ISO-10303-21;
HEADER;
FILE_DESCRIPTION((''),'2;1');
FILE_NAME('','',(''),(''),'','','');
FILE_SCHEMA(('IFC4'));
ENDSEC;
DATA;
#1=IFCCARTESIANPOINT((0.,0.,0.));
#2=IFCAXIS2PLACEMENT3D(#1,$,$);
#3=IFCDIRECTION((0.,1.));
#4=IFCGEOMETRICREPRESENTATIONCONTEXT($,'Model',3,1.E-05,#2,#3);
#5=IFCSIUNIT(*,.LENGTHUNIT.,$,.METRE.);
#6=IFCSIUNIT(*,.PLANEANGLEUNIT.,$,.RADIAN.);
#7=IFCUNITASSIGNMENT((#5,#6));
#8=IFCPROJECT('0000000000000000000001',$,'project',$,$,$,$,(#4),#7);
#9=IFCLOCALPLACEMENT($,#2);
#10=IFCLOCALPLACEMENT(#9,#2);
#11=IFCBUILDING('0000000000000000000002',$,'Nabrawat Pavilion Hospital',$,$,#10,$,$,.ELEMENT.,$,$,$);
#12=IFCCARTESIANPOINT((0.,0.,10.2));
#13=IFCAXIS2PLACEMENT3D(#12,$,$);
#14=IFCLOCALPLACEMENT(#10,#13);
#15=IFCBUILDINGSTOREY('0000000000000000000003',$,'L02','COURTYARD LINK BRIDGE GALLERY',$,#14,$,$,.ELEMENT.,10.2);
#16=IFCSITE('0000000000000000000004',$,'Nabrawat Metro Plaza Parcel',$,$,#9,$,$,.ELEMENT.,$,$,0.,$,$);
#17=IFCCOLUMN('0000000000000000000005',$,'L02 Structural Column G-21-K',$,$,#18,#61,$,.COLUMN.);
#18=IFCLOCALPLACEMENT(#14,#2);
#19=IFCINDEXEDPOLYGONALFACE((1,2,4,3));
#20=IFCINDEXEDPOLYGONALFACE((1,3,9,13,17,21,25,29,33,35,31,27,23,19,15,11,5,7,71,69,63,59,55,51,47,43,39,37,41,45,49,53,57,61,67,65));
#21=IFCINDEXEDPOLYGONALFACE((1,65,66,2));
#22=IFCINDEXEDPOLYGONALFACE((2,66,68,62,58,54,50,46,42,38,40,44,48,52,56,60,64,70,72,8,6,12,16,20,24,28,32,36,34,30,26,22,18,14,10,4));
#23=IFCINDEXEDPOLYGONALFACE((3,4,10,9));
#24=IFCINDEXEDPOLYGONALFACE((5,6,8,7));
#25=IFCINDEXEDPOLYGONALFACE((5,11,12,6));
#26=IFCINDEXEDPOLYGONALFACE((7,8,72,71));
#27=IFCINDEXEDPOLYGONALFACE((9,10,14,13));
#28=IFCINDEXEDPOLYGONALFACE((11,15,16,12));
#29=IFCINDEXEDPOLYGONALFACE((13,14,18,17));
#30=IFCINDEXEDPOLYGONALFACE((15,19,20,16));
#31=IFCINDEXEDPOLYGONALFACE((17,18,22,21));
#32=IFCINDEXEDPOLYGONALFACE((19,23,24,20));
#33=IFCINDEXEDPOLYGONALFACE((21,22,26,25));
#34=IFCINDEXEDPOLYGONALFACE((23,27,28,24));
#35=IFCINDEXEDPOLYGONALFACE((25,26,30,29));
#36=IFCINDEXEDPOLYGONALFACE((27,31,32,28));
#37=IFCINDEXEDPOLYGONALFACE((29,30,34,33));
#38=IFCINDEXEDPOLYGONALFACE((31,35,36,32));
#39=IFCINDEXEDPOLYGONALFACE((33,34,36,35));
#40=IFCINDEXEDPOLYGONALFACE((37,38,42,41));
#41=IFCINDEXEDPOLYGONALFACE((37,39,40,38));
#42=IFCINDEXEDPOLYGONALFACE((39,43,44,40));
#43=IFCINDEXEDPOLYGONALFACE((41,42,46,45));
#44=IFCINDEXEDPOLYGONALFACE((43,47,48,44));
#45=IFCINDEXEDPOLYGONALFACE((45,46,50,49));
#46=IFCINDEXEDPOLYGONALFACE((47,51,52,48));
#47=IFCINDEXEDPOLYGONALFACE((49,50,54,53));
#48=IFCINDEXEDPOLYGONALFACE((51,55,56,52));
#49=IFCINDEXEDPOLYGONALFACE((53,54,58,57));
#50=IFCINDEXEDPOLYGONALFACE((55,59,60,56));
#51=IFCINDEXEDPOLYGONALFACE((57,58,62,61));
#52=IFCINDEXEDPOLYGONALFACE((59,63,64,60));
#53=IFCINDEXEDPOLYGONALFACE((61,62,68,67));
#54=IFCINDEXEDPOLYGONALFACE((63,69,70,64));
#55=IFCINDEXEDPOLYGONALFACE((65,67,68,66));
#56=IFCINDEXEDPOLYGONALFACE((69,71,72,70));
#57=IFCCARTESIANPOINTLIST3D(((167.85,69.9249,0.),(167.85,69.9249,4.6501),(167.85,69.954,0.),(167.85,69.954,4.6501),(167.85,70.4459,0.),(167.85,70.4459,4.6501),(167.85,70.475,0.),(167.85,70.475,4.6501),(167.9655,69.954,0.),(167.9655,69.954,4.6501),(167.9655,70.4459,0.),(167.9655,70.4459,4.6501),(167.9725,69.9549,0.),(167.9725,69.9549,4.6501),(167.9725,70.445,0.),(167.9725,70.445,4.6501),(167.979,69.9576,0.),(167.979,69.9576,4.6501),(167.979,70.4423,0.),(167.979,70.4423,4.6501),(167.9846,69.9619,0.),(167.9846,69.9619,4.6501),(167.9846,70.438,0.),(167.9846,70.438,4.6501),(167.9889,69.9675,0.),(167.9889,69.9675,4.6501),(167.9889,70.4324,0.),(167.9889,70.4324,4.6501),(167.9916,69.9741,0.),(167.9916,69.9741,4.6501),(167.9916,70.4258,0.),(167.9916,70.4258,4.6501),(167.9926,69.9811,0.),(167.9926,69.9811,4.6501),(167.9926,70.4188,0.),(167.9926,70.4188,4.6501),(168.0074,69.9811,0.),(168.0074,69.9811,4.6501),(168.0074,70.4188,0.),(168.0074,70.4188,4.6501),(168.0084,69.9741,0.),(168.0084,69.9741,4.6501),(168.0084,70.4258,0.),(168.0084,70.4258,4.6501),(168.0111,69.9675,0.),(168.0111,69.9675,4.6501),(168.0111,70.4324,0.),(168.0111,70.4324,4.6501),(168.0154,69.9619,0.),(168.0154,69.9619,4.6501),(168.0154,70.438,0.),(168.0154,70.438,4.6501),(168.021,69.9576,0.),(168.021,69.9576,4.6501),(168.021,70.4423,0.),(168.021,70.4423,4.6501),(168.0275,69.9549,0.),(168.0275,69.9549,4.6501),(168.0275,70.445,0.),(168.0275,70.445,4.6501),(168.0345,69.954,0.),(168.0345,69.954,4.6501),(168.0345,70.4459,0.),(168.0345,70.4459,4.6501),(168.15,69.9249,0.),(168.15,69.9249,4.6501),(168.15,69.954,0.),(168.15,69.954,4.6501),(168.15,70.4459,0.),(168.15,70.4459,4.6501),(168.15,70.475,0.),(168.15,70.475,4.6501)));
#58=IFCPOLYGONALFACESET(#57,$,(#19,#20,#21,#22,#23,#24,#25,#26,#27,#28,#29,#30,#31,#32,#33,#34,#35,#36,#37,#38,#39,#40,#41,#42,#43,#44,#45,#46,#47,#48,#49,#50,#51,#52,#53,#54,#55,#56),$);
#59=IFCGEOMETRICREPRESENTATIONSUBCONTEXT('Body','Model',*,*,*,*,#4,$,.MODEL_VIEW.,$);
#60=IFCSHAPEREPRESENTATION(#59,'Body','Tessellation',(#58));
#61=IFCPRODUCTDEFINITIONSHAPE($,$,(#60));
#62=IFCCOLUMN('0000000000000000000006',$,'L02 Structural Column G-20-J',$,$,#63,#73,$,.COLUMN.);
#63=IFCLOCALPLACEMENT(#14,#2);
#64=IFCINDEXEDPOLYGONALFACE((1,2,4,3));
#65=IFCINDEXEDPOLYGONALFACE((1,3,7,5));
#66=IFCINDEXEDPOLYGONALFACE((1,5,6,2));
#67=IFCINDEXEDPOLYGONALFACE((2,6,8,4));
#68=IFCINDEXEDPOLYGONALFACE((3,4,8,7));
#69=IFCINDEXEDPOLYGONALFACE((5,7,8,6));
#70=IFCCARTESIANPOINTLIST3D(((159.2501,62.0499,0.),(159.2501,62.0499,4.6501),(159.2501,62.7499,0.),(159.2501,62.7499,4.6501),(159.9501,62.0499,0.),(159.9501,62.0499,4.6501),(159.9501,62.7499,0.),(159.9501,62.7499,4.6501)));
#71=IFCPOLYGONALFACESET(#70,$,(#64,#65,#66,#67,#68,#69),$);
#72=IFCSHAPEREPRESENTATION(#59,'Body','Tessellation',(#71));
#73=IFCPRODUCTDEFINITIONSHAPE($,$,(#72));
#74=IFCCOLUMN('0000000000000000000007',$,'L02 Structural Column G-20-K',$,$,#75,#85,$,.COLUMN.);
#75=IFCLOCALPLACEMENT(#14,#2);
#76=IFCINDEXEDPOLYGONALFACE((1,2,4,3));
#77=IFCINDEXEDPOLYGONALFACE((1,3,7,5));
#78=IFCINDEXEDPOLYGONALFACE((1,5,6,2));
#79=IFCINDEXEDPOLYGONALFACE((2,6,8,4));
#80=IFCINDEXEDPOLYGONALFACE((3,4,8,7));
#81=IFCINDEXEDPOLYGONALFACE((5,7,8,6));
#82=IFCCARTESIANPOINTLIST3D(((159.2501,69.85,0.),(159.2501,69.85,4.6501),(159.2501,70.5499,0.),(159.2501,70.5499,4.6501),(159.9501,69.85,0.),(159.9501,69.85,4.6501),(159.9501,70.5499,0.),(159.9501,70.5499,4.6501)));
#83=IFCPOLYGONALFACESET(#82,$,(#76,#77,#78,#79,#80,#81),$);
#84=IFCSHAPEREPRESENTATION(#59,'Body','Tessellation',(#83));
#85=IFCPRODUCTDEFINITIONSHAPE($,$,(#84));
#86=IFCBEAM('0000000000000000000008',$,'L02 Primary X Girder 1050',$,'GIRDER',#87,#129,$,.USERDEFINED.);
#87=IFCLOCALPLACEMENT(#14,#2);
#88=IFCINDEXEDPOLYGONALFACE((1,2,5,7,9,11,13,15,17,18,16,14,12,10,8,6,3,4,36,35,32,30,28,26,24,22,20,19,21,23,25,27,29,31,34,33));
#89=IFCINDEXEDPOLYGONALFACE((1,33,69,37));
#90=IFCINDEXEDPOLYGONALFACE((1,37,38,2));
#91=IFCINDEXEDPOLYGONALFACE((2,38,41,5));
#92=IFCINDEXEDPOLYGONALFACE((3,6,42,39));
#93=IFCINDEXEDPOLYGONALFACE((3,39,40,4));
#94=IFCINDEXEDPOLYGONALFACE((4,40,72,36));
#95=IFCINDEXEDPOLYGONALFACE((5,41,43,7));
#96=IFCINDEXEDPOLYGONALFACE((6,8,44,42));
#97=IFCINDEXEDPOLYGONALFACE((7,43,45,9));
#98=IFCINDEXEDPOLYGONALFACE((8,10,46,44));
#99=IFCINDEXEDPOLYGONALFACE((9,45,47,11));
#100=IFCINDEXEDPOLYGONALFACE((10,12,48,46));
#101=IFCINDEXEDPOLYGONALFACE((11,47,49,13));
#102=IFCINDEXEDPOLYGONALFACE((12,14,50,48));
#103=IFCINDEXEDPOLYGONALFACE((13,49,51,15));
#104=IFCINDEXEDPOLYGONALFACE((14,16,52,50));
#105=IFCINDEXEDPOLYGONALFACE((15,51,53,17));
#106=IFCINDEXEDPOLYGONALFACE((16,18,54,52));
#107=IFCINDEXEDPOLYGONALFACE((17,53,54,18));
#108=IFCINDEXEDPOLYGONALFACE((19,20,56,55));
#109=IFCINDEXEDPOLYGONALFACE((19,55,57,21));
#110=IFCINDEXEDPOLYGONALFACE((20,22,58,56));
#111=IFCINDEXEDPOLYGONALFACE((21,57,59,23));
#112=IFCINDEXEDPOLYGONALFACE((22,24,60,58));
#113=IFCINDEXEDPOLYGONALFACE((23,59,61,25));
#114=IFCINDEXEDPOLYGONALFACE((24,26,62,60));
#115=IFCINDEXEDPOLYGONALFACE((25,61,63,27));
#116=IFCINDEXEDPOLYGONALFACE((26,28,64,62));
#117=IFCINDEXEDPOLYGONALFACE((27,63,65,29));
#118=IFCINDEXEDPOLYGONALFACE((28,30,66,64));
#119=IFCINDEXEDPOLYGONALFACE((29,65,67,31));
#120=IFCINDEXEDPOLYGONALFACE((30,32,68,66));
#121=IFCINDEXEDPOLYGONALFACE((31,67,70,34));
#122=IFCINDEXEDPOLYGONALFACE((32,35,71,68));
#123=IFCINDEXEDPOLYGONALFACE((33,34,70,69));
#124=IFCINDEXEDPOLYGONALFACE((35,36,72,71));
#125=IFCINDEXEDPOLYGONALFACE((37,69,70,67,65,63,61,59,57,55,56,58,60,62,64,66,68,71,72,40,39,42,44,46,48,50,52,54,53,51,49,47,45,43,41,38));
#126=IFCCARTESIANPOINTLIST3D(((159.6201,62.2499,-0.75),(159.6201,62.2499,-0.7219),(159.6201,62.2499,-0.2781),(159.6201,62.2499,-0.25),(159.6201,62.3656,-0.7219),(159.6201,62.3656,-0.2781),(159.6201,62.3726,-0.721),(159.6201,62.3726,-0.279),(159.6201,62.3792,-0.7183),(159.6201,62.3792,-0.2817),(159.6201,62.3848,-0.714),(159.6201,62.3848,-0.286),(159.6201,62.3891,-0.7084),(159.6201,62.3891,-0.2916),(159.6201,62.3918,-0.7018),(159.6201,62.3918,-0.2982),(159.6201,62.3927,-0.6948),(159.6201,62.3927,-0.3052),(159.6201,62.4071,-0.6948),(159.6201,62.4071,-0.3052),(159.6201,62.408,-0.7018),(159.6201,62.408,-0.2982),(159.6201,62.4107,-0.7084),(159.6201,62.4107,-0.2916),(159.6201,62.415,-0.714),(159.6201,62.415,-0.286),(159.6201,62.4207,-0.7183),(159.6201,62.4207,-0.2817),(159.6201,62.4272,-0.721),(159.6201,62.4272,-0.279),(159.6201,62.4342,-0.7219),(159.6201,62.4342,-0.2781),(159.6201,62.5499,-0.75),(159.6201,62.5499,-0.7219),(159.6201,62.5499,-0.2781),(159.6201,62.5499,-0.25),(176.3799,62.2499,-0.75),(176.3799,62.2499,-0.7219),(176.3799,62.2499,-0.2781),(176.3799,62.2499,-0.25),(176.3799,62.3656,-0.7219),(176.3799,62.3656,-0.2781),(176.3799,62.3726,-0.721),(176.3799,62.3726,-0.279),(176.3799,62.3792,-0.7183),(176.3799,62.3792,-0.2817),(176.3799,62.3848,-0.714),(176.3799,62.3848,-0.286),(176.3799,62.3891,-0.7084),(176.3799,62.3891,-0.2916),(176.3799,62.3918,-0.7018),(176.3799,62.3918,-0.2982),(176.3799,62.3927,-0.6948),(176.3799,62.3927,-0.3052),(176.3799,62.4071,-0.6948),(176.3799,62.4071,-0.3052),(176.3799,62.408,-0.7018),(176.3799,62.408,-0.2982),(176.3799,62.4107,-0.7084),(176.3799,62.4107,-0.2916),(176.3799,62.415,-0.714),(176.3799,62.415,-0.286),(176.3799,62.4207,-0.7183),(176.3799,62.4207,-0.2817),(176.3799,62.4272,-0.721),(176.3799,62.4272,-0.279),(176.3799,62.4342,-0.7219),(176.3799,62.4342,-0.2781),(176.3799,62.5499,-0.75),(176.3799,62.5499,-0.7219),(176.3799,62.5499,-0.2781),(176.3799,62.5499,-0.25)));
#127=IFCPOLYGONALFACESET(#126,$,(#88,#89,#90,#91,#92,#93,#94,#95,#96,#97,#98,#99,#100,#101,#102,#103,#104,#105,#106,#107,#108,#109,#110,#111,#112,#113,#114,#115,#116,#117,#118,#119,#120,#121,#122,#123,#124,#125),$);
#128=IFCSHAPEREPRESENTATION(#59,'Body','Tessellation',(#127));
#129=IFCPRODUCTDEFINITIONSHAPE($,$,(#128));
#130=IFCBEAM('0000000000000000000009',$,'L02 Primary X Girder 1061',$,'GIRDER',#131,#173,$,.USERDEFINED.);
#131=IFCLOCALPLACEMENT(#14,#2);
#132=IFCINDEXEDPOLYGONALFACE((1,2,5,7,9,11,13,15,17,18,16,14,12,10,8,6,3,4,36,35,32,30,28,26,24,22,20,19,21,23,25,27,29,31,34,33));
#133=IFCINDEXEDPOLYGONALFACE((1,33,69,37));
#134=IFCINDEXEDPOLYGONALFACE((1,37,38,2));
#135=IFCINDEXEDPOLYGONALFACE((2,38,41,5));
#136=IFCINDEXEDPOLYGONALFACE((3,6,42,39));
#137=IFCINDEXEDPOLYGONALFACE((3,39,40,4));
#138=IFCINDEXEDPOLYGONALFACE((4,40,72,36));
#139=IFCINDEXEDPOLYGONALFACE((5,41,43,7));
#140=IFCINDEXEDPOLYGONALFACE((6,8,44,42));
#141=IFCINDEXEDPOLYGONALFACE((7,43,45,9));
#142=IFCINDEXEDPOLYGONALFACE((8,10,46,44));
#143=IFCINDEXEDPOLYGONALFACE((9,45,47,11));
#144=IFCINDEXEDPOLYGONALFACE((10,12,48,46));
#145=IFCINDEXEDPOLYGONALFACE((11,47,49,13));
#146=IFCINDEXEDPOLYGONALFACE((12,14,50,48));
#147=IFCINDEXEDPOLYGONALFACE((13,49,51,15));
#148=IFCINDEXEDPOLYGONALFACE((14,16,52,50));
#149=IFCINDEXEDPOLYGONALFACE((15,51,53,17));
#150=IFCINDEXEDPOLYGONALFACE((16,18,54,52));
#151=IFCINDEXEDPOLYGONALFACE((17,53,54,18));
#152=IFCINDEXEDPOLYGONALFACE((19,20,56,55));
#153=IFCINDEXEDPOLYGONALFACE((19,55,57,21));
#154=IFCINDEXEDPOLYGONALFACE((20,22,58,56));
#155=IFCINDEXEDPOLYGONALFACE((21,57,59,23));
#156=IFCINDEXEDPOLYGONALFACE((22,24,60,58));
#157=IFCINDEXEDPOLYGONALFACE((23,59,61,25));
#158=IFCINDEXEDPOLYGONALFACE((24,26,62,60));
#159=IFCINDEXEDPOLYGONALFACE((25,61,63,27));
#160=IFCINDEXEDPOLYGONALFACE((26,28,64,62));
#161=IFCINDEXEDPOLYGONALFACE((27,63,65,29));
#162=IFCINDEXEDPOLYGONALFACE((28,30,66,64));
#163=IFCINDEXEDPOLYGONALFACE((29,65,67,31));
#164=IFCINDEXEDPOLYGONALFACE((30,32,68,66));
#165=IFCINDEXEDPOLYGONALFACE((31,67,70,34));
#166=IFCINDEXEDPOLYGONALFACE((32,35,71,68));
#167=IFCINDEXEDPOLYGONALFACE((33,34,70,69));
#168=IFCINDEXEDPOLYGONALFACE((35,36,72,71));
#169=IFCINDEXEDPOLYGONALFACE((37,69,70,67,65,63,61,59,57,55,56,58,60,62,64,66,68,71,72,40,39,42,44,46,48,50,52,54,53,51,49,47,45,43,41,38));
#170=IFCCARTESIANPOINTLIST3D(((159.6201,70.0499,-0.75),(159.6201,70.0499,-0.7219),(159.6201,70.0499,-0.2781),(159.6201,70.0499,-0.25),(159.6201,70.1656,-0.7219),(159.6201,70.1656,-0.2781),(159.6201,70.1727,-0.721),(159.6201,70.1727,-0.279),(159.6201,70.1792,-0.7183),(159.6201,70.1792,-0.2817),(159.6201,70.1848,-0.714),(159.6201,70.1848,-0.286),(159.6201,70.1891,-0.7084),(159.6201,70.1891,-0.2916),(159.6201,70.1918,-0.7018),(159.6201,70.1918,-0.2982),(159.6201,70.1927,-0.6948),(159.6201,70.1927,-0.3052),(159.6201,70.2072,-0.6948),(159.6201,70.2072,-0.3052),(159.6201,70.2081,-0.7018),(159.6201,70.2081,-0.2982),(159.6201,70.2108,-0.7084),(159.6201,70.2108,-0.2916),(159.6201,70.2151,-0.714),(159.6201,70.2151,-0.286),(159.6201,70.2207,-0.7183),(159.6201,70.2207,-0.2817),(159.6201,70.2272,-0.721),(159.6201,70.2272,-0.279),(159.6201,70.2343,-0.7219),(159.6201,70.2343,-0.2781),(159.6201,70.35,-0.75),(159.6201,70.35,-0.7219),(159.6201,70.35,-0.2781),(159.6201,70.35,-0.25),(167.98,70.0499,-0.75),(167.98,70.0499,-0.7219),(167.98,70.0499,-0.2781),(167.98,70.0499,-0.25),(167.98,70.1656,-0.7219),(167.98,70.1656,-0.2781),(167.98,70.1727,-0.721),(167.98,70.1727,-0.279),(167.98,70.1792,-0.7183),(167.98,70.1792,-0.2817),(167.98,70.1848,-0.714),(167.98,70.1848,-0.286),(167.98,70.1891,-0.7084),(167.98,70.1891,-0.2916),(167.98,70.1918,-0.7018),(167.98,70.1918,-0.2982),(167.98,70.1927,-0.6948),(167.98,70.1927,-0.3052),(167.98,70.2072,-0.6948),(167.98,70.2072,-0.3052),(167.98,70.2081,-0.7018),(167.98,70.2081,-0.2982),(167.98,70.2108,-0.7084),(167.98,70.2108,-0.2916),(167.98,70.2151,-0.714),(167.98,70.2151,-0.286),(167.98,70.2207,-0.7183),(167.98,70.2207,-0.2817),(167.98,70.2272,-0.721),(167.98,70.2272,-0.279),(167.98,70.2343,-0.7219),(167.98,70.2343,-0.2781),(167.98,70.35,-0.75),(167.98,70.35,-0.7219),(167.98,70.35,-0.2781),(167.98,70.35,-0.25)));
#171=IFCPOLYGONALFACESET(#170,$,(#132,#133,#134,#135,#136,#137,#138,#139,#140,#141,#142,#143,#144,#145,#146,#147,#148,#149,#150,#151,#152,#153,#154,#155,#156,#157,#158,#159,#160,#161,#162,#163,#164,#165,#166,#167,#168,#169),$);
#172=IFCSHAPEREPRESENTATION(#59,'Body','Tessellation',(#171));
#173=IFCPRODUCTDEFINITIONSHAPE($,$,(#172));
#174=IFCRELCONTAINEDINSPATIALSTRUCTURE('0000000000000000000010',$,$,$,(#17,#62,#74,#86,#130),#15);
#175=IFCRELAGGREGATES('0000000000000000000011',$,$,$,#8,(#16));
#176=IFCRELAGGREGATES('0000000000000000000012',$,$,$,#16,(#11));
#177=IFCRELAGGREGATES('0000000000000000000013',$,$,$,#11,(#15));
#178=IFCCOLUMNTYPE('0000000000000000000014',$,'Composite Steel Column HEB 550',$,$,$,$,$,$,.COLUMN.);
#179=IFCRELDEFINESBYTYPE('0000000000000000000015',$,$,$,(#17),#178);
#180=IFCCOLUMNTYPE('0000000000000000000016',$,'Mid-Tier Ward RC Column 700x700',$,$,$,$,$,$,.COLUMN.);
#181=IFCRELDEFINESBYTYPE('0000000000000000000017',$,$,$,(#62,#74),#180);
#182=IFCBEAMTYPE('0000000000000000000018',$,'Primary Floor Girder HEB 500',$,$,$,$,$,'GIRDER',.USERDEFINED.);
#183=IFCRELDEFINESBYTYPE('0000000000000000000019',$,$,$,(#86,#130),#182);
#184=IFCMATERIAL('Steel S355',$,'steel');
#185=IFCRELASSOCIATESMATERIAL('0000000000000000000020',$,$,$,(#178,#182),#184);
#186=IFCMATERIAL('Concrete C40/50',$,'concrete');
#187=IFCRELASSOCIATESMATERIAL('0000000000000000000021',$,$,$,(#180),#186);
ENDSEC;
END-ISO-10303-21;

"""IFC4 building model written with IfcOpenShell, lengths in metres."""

from ifc_helpers import new_model, si_unit, direction, frame, origin, origin_2d, place, context, subcontext, project, spatial, rectangle, i_section, extrude, material, material_profile, profile_set, type_object, element, save


model = new_model("IFC4")

# Units and contexts
model_context = context("Model", 3, precision=1e-05, world=origin(), true_north=direction((0.0, 1.0)))
body_context = subcontext(model_context, "Body", "Model", "MODEL_VIEW")
ifc_project = project(units=[si_unit("LENGTHUNIT", "METRE"), si_unit("PLANEANGLEUNIT", "RADIAN")], contexts=[model_context])

# Site, building, storey
site_placement = place(None, origin())
site = spatial("IfcSite", under=ifc_project, at=site_placement, Name="Nabrawat Metro Plaza Parcel", CompositionType="ELEMENT", RefElevation=0.0)
building_placement = place(site_placement, origin())
building = spatial("IfcBuilding", under=site, at=building_placement, Name="Nabrawat Pavilion Hospital", CompositionType="ELEMENT")
storey_placement = place(building_placement, frame((0.0, 0.0, 10.2)))
storey = spatial("IfcBuildingStorey", under=building, at=storey_placement, Name="L02", Description="COURTYARD LINK BRIDGE GALLERY", CompositionType="ELEMENT", Elevation=10.2)

# Columns
ifc_material_1 = material(Name="Steel S355", Category="steel")
ifc_material_profile_1 = material_profile(ifc_material_1, i_section(OverallWidth=0.3, OverallDepth=0.55, WebThickness=0.0149, FlangeThickness=0.0291, FilletRadius=0.0271, at=origin_2d()), Name="HEB 550")
ifc_profile_set_1 = profile_set([ifc_material_profile_1], Name="Steel S355")
column_type_1 = type_object("IfcColumnType", Name="Composite Steel Column HEB 550", PredefinedType="COLUMN", material=ifc_profile_set_1)
column_placement = place(storey_placement, frame((168.0, 70.2, 0.0), z_axis=(0.0, 0.0, 1.0), x_axis=(1.0, 0.0, 0.0)))
element("IfcColumn", 1, at=column_placement, inside=storey, type_object=column_type_1, Name="L02 Structural Column G-21-K", PredefinedType="COLUMN", context=body_context, shape_type="SweptSolid", body=[
    extrude(i_section(OverallWidth=0.3, OverallDepth=0.55, WebThickness=0.0149, FlangeThickness=0.0291, FilletRadius=0.0271, at=origin_2d()), origin(), (0.0, 0.0, 1.0), 4.6501),
])
ifc_material_2 = material(Name="Concrete C40/50", Category="concrete")
ifc_material_profile_2 = material_profile(ifc_material_2, rectangle(XDim=0.7, YDim=0.7, at=origin_2d()), Name="RC 700x700")
ifc_profile_set_2 = profile_set([ifc_material_profile_2], Name="Concrete C40/50")
column_type_2 = type_object("IfcColumnType", Name="Mid-Tier Ward RC Column 700x700", PredefinedType="COLUMN", material=ifc_profile_set_2)
for number, where, z_axis, x_axis, name in (
    (2, (159.6001, 62.3999, 0.0), (0.0, 0.0, 1.0), (1.0, 0.0, 0.0), "L02 Structural Column G-20-J"),
    (3, (159.6001, 70.2, 0.0), (0.0, 0.0, 1.0), (1.0, 0.0, 0.0), "L02 Structural Column G-20-K"),
):
    element("IfcColumn", number, at=place(storey_placement, frame(where, z_axis=z_axis, x_axis=x_axis)), inside=storey, type_object=column_type_2, Name=name, PredefinedType="COLUMN", context=body_context, shape_type="SweptSolid", body=[
        extrude(rectangle(XDim=0.7, YDim=0.7, at=origin_2d()), origin(), (0.0, 0.0, 1.0), 4.6501),
    ])

# Beams
ifc_material_profile_3 = material_profile(ifc_material_1, i_section(OverallWidth=0.3, OverallDepth=0.5, WebThickness=0.0144, FlangeThickness=0.0281, FilletRadius=0.0271, at=origin_2d()), Name="HEB 500")
ifc_profile_set_3 = profile_set([ifc_material_profile_3], Name="Steel S355")
beam_type_1 = type_object("IfcBeamType", Name="Primary Floor Girder HEB 500", ElementType="GIRDER", PredefinedType="USERDEFINED", material=ifc_profile_set_3)
beam_1_placement = place(storey_placement, frame((159.6201, 62.3999, -0.5), z_axis=(1.0, 0.0, 0.0), x_axis=(0.0, 1.0, 0.0)))
element("IfcBeam", 4, at=beam_1_placement, inside=storey, type_object=beam_type_1, Name="L02 Primary X Girder 1050", ObjectType="GIRDER", PredefinedType="USERDEFINED", context=body_context, shape_type="SweptSolid", body=[
    extrude(i_section(OverallWidth=0.3, OverallDepth=0.5, WebThickness=0.0144, FlangeThickness=0.0281, FilletRadius=0.0271, at=origin_2d()), origin(), (0.0, 0.0, 1.0), 16.7598),
])
beam_2_placement = place(storey_placement, frame((159.6201, 70.2, -0.5), z_axis=(1.0, 0.0, 0.0), x_axis=(0.0, 1.0, 0.0)))
element("IfcBeam", 5, at=beam_2_placement, inside=storey, type_object=beam_type_1, Name="L02 Primary X Girder 1061", ObjectType="GIRDER", PredefinedType="USERDEFINED", context=body_context, shape_type="SweptSolid", body=[
    extrude(i_section(OverallWidth=0.3, OverallDepth=0.5, WebThickness=0.0144, FlangeThickness=0.0281, FilletRadius=0.0271, at=origin_2d()), origin(), (0.0, 0.0, 1.0), 8.3599),
])

save(model, "model.ifc")
